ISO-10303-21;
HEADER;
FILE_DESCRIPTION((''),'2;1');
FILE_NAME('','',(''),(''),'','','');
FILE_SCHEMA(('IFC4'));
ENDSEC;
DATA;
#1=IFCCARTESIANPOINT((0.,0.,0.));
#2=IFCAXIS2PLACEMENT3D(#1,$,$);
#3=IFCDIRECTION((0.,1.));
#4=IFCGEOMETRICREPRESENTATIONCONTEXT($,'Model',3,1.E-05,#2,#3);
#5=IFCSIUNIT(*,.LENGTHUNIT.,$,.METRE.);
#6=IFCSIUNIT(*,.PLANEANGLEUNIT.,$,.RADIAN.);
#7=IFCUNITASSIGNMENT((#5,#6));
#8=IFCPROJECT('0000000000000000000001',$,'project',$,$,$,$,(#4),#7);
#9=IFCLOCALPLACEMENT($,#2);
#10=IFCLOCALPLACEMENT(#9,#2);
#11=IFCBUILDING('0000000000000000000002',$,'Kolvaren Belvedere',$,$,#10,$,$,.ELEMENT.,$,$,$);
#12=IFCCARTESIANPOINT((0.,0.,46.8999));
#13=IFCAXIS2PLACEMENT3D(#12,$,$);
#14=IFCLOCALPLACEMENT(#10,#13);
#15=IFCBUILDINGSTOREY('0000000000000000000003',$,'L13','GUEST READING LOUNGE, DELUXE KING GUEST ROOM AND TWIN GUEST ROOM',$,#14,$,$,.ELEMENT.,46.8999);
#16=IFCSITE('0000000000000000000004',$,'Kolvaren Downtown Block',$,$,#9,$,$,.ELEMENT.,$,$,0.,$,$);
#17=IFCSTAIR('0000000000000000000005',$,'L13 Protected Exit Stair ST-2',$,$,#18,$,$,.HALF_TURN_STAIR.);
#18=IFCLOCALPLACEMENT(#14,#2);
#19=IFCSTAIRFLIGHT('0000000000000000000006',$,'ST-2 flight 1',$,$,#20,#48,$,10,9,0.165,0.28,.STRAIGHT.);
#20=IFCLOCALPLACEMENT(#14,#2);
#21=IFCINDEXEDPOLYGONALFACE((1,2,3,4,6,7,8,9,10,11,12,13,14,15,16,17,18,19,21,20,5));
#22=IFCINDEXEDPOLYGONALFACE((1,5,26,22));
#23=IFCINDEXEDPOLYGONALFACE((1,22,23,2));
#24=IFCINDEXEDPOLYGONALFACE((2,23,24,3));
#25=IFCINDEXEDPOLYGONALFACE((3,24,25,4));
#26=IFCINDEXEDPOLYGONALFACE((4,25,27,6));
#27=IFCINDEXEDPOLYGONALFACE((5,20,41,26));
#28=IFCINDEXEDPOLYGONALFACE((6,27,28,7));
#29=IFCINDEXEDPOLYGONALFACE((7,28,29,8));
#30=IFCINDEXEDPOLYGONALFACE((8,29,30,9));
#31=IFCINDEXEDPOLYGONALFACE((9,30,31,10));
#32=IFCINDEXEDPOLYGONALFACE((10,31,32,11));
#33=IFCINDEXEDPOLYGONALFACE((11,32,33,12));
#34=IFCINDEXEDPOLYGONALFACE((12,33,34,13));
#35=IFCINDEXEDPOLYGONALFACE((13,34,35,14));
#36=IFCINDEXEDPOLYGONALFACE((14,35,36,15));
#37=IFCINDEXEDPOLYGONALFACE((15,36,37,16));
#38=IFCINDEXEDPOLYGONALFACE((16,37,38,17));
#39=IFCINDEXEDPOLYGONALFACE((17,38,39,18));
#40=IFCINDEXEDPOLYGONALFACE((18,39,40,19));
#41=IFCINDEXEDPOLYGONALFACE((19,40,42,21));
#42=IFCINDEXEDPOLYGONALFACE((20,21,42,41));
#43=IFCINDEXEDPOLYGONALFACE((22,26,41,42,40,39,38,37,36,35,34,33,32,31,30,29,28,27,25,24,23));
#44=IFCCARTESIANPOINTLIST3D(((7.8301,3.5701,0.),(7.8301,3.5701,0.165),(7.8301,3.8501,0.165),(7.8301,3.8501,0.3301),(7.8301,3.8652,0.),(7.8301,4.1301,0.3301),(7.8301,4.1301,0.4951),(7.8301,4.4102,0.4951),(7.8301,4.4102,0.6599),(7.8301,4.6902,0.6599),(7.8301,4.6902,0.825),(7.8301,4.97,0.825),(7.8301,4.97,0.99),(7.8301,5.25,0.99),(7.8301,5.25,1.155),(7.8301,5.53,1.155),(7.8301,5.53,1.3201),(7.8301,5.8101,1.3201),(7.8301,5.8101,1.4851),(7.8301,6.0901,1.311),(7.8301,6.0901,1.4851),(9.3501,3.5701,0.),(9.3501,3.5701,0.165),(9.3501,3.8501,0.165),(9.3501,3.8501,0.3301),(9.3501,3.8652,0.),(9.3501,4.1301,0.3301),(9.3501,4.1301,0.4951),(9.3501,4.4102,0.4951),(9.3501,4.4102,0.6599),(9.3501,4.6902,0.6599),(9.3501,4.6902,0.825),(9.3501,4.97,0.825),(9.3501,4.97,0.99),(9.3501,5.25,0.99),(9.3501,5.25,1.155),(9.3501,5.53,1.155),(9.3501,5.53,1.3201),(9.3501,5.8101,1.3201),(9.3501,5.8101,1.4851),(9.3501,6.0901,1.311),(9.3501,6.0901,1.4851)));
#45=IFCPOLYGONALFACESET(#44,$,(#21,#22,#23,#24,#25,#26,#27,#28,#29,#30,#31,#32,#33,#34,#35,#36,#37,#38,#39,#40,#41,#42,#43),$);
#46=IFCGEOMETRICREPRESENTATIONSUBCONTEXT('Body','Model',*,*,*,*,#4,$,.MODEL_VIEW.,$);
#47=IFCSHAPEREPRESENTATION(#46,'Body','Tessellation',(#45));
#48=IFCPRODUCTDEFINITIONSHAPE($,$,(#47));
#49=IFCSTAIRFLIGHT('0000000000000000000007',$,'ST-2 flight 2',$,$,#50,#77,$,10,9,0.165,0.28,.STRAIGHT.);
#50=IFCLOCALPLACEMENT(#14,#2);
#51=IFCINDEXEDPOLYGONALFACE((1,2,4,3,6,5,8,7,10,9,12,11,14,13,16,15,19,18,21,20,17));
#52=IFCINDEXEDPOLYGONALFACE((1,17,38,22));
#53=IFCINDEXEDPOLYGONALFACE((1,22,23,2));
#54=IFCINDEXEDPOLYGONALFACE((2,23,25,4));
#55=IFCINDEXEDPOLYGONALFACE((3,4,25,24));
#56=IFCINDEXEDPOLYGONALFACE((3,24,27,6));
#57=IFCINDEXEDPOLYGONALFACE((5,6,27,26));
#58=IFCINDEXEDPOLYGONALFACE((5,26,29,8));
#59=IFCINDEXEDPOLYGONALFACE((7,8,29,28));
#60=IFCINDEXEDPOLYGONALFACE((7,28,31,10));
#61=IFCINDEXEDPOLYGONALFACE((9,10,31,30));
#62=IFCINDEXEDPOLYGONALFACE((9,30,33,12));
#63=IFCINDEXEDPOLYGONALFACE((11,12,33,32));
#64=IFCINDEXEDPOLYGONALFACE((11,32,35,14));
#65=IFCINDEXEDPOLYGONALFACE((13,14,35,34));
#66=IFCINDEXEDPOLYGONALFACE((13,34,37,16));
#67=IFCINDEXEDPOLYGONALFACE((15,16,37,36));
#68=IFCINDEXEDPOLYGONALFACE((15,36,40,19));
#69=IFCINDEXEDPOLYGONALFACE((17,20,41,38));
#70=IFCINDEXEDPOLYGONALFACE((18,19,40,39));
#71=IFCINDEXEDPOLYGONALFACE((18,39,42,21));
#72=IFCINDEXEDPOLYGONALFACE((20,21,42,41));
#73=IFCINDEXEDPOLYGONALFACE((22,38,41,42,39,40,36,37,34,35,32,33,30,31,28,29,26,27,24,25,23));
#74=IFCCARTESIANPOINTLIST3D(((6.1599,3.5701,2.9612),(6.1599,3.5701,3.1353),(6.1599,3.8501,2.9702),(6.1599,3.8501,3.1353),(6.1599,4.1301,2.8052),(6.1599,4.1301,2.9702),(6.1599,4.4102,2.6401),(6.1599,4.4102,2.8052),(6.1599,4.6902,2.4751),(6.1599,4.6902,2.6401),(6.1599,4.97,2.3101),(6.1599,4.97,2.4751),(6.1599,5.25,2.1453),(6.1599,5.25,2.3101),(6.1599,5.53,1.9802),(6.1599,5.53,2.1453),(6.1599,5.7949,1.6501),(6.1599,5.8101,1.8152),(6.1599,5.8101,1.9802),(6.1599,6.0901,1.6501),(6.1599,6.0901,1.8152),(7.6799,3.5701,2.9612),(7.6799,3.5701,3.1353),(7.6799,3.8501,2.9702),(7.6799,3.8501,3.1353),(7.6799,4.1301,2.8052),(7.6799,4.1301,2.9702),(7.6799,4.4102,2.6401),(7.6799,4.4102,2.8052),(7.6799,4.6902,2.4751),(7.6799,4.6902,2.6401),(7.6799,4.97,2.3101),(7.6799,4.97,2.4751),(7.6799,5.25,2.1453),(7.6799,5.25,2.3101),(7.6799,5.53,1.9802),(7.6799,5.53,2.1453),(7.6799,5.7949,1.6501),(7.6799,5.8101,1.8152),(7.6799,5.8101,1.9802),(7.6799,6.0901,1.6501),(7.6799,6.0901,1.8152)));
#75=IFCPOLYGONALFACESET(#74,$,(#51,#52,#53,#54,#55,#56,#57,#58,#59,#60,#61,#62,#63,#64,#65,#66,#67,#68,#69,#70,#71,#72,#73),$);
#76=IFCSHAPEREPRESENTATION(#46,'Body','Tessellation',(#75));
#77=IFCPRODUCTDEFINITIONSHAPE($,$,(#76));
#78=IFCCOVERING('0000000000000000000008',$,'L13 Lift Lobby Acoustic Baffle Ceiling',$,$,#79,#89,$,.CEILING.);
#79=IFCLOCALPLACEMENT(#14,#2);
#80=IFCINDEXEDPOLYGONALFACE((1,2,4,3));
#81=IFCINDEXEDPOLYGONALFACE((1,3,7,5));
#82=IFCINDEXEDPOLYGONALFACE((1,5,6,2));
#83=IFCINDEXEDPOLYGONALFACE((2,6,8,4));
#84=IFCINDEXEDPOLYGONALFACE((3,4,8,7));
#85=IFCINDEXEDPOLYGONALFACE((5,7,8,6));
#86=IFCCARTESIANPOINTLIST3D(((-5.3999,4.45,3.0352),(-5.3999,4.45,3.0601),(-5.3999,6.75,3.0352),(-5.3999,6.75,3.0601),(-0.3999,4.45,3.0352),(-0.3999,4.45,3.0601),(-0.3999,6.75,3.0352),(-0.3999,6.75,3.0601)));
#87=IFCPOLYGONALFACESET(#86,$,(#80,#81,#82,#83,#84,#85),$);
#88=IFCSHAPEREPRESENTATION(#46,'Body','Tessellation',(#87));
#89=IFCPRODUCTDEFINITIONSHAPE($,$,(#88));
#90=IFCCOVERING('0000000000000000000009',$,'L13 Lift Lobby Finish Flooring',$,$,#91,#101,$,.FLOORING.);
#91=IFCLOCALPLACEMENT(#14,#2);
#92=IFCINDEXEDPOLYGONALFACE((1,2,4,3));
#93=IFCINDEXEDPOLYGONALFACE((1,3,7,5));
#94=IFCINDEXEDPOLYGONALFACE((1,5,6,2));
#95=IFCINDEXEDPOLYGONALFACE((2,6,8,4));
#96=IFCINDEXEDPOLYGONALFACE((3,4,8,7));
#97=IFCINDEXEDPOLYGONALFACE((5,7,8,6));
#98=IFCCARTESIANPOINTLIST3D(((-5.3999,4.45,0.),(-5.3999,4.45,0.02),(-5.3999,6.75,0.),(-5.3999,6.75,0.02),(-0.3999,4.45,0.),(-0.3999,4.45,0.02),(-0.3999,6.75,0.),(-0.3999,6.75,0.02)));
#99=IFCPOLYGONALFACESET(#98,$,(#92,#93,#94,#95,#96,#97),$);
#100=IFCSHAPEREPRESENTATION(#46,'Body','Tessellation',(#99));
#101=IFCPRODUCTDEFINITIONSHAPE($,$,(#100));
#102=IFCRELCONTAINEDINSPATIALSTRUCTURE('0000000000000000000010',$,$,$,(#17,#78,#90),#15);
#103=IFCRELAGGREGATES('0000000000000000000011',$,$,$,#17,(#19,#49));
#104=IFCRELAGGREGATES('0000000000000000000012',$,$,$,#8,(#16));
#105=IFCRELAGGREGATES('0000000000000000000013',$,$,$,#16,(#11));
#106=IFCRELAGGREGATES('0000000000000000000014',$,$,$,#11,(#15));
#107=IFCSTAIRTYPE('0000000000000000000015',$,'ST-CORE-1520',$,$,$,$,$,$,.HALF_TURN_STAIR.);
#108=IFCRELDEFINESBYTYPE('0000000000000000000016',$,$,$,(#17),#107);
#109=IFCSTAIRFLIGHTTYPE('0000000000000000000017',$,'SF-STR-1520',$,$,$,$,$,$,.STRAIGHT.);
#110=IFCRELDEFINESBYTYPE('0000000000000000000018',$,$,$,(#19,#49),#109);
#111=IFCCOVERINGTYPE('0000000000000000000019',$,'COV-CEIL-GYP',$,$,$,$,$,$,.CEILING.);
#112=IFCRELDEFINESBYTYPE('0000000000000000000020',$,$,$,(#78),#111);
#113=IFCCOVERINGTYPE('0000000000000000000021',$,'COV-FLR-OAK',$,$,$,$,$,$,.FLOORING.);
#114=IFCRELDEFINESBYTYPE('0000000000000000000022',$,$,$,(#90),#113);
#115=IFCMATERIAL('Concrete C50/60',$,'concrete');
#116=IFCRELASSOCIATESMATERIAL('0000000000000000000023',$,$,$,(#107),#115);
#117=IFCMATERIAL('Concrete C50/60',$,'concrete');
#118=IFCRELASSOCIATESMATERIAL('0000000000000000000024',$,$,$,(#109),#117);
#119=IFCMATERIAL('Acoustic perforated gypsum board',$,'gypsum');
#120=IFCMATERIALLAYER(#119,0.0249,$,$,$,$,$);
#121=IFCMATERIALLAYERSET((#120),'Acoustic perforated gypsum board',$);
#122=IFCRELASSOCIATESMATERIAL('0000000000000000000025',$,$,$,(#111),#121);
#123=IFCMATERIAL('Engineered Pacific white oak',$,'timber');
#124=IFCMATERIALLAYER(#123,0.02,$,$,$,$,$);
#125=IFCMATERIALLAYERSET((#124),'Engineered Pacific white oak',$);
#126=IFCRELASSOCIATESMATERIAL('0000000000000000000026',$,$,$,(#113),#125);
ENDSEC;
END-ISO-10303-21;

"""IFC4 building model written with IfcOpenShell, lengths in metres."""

from ifc_helpers import new_model, si_unit, direction, frame, origin, place, context, subcontext, project, spatial, polyline, outline, extrude, material, layer, layer_set, type_object, element, aggregate, save


model = new_model("IFC4")

# Units and contexts
model_context = context("Model", 3, precision=1e-05, world=origin(), true_north=direction((0.0, 1.0)))
body_context = subcontext(model_context, "Body", "Model", "MODEL_VIEW")
ifc_project = project(units=[si_unit("LENGTHUNIT", "METRE"), si_unit("PLANEANGLEUNIT", "RADIAN")], contexts=[model_context])

# Site, building, storey
site_placement = place(None, origin())
site = spatial("IfcSite", under=ifc_project, at=site_placement, Name="Kolvaren Downtown Block", CompositionType="ELEMENT", RefElevation=0.0)
building_placement = place(site_placement, origin())
building = spatial("IfcBuilding", under=site, at=building_placement, Name="Kolvaren Belvedere", CompositionType="ELEMENT")
storey_placement = place(building_placement, frame((0.0, 0.0, 46.8999)))
storey = spatial("IfcBuildingStorey", under=building, at=storey_placement, Name="L13", Description="GUEST READING LOUNGE, DELUXE KING GUEST ROOM AND TWIN GUEST ROOM", CompositionType="ELEMENT", Elevation=46.8999)

# Shared definitions
ifc_material_1 = material(Name="Concrete C50/60", Category="concrete")
stair_type = type_object("IfcStairType", Name="ST-CORE-1520", PredefinedType="HALF_TURN_STAIR", material=ifc_material_1)

# Stair, stair flights
stair_1_placement = place(storey_placement, origin())
stair_1 = element("IfcStair", 1, at=stair_1_placement, inside=storey, type_object=stair_type, Name="L13 Protected Exit Stair ST-2", PredefinedType="HALF_TURN_STAIR")
ifc_material_2 = material(Name="Concrete C50/60", Category="concrete")
stair_flight_type = type_object("IfcStairFlightType", Name="SF-STR-1520", PredefinedType="STRAIGHT", material=ifc_material_2)
stair_flight_1_placement = place(storey_placement, frame((8.5901, 3.5701, 0.0), z_axis=(0.0, 0.0, 1.0), x_axis=(0.0, 1.0, 0.0)))
stair_flight_1 = element("IfcStairFlight", 2, at=stair_flight_1_placement, type_object=stair_flight_type, Name="ST-2 flight 1", NumberOfRisers=10, NumberOfTreads=9, PredefinedType="STRAIGHT", RiserHeight=0.165, TreadLength=0.28, context=body_context, shape_type="SweptSolid", body=[
    extrude(outline(polyline([(0.0, 0.0), (0.0, 0.165), (0.28, 0.165), (0.28, 0.3301), (0.5601, 0.3301), (0.5601, 0.4951), (0.8401, 0.4951), (0.8401, 0.6599), (1.1201, 0.6599), (1.1201, 0.825), (1.3999, 0.825), (1.3999, 0.99), (1.6799, 0.99), (1.6799, 1.155), (1.96, 1.155), (1.96, 1.3201), (2.24, 1.3201), (2.24, 1.4851), (2.52, 1.4851), (2.52, 1.6499), (2.52, 1.311), (0.2952, 0.0), (0.0, 0.0)])), frame((0.0, 0.76, 0.0), z_axis=(0.0, -1.0, 0.0), x_axis=(1.0, 0.0, 0.0)), (0.0, 0.0, 1.0), 1.52),
])
stair_flight_2_placement = place(storey_placement, frame((6.9199, 6.0901, 1.6501), z_axis=(0.0, 0.0, 1.0), x_axis=(0.0, -1.0, 0.0)))
stair_flight_2 = element("IfcStairFlight", 3, at=stair_flight_2_placement, type_object=stair_flight_type, Name="ST-2 flight 2", NumberOfRisers=10, NumberOfTreads=9, PredefinedType="STRAIGHT", RiserHeight=0.165, TreadLength=0.28, context=body_context, shape_type="SweptSolid", body=[
    extrude(outline(polyline([(0.0, 0.0), (0.0, 0.165), (0.28, 0.165), (0.28, 0.3301), (0.5601, 0.3301), (0.5601, 0.4951), (0.8401, 0.4951), (0.8401, 0.6599), (1.1201, 0.6599), (1.1201, 0.825), (1.3999, 0.825), (1.3999, 0.99), (1.6799, 0.99), (1.6799, 1.155), (1.96, 1.155), (1.96, 1.3201), (2.24, 1.3201), (2.24, 1.4851), (2.52, 1.4851), (2.52, 1.6499), (2.52, 1.311), (0.2952, 0.0), (0.0, 0.0)])), frame((0.0, 0.76, 0.0), z_axis=(0.0, -1.0, 0.0), x_axis=(1.0, 0.0, 0.0)), (0.0, 0.0, 1.0), 1.52),
])
aggregate(stair_1, [stair_flight_1, stair_flight_2])

# Coverings
ifc_material_3 = material(Name="Acoustic perforated gypsum board", Category="gypsum")
ifc_layer_1 = layer(ifc_material_3, 0.0249)
ifc_layer_set_1 = layer_set([ifc_layer_1], Name="Acoustic perforated gypsum board")
covering_type_1 = type_object("IfcCoveringType", Name="COV-CEIL-GYP", PredefinedType="CEILING", material=ifc_layer_set_1)
covering_1_placement = place(storey_placement, frame((0.0, 0.0, 3.0352)))
element("IfcCovering", 4, at=covering_1_placement, inside=storey, type_object=covering_type_1, Name="L13 Lift Lobby Acoustic Baffle Ceiling", PredefinedType="CEILING", context=body_context, shape_type="SweptSolid", body=[
    extrude(outline(polyline([(-5.3999, 4.45), (-0.3999, 4.45), (-0.3999, 6.75), (-5.3999, 6.75), (-5.3999, 4.45)])), origin(), (0.0, 0.0, 1.0), 0.0249),
])
ifc_material_4 = material(Name="Engineered Pacific white oak", Category="timber")
ifc_layer_2 = layer(ifc_material_4, 0.02)
ifc_layer_set_2 = layer_set([ifc_layer_2], Name="Engineered Pacific white oak")
covering_type_2 = type_object("IfcCoveringType", Name="COV-FLR-OAK", PredefinedType="FLOORING", material=ifc_layer_set_2)
covering_2_placement = place(storey_placement, origin())
element("IfcCovering", 5, at=covering_2_placement, inside=storey, type_object=covering_type_2, Name="L13 Lift Lobby Finish Flooring", PredefinedType="FLOORING", context=body_context, shape_type="SweptSolid", body=[
    extrude(outline(polyline([(-5.3999, 4.45), (-0.3999, 4.45), (-0.3999, 6.75), (-5.3999, 6.75), (-5.3999, 4.45)])), origin(), (0.0, 0.0, 1.0), 0.02),
])

save(model, "model.ifc")
